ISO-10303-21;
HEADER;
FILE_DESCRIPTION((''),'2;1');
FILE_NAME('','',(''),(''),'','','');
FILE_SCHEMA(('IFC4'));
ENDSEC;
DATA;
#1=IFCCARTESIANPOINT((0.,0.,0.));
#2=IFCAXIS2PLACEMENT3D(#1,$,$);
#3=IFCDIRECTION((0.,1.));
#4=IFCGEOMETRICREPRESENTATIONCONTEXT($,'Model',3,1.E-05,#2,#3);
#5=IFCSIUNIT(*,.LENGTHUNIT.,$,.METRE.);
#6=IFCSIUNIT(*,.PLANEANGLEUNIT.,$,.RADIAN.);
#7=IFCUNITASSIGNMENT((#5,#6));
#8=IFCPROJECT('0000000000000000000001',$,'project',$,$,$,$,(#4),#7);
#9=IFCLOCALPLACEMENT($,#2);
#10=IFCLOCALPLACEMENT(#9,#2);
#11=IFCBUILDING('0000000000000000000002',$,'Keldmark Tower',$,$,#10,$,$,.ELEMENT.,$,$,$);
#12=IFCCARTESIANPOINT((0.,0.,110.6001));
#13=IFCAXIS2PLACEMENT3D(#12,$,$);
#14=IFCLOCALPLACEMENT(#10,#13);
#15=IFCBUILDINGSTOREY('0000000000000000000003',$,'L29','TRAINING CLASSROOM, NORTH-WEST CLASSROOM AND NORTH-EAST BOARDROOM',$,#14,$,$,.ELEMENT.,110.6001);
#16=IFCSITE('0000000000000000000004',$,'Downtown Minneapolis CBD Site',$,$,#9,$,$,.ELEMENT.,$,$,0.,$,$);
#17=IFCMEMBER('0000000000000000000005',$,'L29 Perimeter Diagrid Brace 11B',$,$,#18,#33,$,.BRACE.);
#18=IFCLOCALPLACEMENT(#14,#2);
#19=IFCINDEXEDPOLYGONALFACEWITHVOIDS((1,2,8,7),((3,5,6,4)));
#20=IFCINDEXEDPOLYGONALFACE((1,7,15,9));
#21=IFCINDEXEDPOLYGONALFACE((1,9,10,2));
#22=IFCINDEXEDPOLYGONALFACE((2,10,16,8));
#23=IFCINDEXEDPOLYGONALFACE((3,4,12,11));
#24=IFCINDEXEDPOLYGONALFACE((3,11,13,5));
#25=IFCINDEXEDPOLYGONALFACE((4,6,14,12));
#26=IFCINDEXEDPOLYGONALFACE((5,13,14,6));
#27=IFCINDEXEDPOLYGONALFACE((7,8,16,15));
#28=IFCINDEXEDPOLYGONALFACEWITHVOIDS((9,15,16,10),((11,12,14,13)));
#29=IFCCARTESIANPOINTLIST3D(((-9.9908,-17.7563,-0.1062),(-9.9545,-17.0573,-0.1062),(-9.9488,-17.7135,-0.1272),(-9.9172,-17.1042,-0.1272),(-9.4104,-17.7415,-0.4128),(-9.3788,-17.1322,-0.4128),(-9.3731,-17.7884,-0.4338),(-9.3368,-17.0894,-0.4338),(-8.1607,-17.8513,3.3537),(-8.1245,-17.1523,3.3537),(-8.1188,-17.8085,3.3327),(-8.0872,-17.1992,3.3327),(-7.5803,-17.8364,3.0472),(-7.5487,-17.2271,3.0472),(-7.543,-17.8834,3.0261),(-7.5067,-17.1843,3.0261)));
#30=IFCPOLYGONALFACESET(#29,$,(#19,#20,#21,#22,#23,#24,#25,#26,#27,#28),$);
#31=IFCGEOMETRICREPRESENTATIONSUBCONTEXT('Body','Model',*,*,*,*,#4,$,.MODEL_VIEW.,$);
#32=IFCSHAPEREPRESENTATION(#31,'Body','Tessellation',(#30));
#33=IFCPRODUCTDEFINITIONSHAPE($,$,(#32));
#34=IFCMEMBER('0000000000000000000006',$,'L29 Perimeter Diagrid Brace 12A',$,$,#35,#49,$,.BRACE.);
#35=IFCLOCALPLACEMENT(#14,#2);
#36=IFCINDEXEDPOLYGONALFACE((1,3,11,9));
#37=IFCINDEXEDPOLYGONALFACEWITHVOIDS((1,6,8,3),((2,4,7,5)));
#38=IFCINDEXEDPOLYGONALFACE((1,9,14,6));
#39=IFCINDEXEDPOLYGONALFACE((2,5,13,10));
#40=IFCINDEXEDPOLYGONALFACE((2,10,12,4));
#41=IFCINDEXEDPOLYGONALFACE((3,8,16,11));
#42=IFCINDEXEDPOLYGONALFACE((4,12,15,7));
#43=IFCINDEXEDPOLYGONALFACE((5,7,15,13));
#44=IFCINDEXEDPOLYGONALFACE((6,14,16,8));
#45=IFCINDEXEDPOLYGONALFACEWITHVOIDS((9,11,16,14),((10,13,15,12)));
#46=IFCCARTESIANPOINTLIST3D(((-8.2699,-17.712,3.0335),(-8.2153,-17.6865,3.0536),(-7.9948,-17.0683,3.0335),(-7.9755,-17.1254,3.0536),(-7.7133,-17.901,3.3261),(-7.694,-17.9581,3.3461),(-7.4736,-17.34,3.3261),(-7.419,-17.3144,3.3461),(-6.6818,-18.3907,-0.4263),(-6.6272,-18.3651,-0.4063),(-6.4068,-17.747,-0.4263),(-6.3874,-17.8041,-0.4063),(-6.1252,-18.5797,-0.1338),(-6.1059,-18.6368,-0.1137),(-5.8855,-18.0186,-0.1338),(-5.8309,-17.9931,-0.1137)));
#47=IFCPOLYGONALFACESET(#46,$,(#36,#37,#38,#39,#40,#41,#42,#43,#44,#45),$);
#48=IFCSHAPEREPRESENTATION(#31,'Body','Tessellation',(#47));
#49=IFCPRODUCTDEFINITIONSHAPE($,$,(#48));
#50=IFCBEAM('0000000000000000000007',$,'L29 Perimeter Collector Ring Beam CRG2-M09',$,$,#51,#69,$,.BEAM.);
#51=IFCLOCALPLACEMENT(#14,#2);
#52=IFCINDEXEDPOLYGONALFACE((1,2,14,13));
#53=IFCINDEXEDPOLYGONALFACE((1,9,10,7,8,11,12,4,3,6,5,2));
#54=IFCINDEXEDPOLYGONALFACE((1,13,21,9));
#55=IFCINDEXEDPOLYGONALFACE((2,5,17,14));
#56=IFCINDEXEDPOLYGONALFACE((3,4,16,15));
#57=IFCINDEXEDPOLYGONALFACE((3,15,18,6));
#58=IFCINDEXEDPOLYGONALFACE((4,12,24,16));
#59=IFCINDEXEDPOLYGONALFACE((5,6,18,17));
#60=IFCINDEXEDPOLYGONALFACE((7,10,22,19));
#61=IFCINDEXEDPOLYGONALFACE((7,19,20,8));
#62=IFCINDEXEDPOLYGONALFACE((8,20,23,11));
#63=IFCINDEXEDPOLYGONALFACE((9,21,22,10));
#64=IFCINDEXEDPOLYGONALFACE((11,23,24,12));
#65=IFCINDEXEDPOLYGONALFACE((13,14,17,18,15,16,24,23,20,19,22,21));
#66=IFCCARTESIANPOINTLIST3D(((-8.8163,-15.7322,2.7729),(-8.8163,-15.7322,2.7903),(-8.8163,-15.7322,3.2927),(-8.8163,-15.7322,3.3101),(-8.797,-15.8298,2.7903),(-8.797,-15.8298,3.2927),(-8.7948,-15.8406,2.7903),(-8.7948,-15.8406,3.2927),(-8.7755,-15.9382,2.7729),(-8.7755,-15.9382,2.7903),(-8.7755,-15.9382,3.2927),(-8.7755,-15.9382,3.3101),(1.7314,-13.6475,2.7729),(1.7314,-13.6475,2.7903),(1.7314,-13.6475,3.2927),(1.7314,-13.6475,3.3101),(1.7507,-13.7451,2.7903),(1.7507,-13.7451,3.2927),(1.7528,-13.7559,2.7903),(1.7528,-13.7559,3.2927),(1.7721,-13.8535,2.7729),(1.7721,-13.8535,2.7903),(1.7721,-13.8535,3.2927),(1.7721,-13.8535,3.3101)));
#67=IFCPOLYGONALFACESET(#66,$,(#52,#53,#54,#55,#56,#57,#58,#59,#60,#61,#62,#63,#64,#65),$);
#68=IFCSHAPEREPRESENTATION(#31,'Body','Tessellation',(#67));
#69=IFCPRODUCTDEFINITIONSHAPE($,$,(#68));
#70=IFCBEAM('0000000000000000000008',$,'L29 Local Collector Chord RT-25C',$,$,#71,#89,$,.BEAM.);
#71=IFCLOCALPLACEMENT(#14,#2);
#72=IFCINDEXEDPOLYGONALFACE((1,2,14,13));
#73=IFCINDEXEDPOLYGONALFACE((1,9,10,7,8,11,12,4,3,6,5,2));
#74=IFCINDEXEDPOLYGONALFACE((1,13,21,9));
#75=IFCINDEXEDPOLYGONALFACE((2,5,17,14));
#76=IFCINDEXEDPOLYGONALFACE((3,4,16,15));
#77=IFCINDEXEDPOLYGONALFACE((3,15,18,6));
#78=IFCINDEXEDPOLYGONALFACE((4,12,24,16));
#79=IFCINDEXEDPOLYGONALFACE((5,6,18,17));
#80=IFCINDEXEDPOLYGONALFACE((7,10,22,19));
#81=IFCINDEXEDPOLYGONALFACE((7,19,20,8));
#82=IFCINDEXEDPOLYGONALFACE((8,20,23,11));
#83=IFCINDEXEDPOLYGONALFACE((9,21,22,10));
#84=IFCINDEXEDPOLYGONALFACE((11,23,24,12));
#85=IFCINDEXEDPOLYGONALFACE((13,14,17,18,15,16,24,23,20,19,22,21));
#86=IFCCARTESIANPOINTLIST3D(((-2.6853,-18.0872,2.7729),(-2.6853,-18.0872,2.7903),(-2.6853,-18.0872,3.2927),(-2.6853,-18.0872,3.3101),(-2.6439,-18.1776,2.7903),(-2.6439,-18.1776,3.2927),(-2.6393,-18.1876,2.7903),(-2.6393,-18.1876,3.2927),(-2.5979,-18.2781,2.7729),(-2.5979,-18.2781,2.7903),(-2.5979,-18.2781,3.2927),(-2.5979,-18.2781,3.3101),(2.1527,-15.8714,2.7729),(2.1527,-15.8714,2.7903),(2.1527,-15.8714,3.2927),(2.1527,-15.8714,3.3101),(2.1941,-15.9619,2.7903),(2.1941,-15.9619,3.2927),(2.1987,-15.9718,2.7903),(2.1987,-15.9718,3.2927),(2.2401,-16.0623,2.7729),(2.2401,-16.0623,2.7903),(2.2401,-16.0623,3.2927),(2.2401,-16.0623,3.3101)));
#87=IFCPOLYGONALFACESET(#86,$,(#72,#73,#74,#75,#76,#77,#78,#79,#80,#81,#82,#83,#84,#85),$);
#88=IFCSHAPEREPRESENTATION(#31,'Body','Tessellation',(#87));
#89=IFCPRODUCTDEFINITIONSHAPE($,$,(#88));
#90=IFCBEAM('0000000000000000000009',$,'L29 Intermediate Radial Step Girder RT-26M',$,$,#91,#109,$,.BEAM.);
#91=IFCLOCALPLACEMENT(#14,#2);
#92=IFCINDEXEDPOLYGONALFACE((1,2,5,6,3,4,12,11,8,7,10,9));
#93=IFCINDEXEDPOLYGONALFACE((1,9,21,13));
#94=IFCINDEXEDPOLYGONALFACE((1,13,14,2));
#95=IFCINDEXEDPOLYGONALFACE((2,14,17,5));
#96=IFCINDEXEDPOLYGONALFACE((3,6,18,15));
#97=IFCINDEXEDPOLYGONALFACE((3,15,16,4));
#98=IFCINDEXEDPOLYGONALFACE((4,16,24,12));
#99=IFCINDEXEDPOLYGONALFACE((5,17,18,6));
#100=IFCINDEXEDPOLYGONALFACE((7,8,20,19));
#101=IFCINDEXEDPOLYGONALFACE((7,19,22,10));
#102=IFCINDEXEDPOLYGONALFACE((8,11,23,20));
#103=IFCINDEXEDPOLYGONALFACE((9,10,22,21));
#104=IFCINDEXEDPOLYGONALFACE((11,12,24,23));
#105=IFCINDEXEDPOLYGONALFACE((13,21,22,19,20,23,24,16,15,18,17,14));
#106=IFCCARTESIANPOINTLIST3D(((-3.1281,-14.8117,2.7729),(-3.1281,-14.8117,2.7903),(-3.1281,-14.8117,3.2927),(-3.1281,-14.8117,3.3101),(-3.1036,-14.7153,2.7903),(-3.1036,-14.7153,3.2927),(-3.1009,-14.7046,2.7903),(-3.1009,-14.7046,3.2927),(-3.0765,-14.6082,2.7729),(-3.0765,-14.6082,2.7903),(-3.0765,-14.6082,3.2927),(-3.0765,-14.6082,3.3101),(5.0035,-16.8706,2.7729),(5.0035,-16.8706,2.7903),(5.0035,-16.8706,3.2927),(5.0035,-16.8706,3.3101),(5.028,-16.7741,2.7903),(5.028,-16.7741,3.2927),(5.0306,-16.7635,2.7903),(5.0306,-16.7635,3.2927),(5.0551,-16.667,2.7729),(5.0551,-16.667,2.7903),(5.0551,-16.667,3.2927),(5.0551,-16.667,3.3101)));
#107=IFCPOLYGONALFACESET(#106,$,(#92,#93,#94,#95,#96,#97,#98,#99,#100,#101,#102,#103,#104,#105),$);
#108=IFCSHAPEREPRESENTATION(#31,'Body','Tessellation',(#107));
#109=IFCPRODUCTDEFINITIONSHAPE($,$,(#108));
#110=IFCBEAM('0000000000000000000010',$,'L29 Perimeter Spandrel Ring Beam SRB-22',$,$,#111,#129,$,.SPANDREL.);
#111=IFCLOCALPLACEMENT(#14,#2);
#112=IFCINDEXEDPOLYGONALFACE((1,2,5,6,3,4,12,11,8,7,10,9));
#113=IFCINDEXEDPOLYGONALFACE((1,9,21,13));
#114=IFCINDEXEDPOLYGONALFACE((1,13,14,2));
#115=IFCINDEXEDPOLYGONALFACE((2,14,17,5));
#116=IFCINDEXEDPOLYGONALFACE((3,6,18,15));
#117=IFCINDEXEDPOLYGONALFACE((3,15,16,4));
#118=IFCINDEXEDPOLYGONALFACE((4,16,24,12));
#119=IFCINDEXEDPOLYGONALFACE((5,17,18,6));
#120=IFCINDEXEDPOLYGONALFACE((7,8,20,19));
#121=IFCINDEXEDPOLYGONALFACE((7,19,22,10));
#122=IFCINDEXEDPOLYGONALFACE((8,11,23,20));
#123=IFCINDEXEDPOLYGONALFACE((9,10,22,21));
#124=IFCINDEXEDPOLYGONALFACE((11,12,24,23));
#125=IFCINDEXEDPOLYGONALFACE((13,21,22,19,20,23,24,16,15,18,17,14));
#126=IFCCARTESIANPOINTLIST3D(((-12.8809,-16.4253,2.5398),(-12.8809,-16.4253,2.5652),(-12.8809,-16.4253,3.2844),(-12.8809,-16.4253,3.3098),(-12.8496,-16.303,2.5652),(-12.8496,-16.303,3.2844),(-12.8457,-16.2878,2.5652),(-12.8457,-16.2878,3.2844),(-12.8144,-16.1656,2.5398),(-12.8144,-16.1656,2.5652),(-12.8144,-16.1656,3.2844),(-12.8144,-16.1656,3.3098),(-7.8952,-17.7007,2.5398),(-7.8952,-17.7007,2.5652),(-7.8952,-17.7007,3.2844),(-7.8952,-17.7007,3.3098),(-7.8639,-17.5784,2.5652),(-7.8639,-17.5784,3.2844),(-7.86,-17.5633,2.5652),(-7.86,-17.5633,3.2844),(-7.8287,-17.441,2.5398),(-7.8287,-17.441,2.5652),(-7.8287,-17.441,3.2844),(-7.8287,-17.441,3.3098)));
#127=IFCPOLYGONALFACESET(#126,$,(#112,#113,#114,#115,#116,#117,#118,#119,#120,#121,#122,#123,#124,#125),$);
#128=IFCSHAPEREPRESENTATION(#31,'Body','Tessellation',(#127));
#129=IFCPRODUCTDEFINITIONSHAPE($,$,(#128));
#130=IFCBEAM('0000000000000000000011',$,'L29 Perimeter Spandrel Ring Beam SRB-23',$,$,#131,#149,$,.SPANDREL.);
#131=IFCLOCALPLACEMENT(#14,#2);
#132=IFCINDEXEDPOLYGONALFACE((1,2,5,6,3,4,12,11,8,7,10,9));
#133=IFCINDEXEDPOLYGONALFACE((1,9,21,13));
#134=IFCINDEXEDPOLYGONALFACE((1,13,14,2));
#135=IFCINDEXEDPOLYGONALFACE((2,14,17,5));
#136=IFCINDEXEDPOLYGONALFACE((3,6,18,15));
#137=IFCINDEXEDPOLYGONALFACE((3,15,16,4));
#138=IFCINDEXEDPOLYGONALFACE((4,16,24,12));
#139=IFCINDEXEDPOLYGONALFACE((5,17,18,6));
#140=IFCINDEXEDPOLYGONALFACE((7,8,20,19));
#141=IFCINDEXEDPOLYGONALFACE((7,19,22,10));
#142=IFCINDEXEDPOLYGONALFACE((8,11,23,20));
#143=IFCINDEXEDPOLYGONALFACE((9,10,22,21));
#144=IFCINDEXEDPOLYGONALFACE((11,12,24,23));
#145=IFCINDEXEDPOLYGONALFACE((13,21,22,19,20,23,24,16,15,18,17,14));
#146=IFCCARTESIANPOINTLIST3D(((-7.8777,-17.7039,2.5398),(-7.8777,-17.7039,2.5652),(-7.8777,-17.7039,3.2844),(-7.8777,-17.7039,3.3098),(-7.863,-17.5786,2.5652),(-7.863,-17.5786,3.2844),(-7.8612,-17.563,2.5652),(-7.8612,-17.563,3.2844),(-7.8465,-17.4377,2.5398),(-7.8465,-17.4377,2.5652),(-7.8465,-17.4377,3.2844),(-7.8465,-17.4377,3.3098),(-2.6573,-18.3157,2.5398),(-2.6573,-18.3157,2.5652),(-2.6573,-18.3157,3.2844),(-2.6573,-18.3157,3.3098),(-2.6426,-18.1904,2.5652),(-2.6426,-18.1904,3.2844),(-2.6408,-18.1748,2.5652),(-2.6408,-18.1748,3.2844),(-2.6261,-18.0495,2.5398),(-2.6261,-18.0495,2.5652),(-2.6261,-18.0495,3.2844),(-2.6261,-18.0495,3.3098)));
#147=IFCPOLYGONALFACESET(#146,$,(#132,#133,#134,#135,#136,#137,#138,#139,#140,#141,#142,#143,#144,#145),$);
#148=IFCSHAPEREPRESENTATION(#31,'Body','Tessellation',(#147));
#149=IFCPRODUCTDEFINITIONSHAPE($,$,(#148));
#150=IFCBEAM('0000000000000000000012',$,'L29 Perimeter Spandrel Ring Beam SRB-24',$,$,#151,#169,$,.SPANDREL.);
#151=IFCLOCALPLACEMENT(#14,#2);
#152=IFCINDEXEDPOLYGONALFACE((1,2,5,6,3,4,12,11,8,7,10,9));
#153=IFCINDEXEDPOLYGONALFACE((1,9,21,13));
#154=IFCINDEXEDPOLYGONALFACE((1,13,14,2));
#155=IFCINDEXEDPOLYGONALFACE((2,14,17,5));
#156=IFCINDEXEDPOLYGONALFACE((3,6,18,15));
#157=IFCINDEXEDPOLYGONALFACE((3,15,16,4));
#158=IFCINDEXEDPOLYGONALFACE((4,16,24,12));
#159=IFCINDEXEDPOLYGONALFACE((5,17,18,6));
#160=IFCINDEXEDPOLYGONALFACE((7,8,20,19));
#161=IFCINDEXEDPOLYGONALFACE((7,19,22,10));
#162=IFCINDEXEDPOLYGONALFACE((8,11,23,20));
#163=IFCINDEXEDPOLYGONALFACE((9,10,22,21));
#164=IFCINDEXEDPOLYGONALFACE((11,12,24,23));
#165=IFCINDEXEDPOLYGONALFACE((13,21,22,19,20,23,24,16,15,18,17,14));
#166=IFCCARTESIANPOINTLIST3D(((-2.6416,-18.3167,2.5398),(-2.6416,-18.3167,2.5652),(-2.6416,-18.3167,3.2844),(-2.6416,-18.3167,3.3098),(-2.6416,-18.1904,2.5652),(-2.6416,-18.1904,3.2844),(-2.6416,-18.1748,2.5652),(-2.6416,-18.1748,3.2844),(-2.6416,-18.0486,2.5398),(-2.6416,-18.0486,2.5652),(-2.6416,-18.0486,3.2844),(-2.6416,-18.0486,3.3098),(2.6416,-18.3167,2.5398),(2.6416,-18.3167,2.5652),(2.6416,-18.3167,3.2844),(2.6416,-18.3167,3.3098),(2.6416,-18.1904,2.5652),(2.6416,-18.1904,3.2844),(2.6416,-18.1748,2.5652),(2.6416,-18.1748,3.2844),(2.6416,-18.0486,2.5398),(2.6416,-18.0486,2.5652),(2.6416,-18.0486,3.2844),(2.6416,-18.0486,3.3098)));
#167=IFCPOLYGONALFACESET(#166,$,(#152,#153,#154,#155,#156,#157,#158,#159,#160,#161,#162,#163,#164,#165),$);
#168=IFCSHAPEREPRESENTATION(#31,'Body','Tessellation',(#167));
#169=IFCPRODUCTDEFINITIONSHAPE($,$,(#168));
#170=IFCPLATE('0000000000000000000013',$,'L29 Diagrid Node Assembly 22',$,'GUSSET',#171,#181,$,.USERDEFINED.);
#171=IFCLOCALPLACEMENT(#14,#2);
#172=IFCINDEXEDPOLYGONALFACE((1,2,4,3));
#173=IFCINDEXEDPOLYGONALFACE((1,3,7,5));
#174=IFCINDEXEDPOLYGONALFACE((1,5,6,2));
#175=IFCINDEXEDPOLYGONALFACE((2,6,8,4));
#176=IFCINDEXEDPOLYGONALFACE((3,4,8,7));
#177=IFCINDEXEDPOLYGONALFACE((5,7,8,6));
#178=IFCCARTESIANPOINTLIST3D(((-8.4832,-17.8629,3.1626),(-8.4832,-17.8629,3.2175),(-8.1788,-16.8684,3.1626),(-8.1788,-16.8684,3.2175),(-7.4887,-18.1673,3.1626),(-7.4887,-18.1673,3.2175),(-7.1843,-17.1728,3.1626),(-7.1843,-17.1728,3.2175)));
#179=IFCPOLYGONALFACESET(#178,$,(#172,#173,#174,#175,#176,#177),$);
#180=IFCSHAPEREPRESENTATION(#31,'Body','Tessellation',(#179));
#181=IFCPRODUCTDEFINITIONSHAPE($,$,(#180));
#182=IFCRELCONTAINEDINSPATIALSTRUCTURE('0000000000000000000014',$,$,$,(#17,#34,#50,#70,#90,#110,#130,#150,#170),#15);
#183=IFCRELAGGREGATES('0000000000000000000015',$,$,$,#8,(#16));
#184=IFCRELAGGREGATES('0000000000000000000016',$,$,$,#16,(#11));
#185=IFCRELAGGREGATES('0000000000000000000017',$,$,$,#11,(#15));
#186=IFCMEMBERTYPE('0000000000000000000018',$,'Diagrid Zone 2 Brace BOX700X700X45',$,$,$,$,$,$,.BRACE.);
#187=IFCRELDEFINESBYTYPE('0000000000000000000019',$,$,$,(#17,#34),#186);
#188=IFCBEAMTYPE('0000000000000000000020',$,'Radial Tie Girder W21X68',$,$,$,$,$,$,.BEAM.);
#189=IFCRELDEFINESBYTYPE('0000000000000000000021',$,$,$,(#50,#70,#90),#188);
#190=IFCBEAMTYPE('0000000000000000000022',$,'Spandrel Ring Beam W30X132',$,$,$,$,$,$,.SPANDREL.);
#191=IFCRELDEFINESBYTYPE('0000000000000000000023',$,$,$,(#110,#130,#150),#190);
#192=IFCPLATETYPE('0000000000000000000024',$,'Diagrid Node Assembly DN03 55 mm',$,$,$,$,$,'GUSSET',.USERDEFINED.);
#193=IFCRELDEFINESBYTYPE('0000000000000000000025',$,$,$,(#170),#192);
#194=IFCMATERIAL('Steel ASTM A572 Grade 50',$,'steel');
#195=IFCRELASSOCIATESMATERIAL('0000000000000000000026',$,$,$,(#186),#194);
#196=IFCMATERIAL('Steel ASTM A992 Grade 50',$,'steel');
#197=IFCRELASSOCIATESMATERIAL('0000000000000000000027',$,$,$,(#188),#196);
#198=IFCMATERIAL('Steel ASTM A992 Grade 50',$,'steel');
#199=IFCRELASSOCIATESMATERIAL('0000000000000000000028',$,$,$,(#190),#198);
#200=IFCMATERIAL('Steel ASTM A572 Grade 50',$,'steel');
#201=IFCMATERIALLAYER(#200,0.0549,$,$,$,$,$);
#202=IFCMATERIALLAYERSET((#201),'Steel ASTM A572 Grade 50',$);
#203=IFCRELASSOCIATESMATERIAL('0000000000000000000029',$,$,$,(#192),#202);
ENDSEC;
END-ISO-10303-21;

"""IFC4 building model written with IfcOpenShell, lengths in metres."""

from ifc_helpers import new_model, si_unit, direction, frame, origin, origin_2d, place, context, subcontext, project, spatial, rectangle, hollow_rectangle, i_section, extrude, material, layer, layer_set, material_profile, profile_set, type_object, element, save


model = new_model("IFC4")

# Units and contexts
model_context = context("Model", 3, precision=1e-05, world=origin(), true_north=direction((0.0, 1.0)))
body_context = subcontext(model_context, "Body", "Model", "MODEL_VIEW")
ifc_project = project(units=[si_unit("LENGTHUNIT", "METRE"), si_unit("PLANEANGLEUNIT", "RADIAN")], contexts=[model_context])

# Site, building, storey
site_placement = place(None, origin())
site = spatial("IfcSite", under=ifc_project, at=site_placement, Name="Downtown Minneapolis CBD Site", CompositionType="ELEMENT", RefElevation=0.0)
building_placement = place(site_placement, origin())
building = spatial("IfcBuilding", under=site, at=building_placement, Name="Keldmark Tower", CompositionType="ELEMENT")
storey_placement = place(building_placement, frame((0.0, 0.0, 110.6001)))
storey = spatial("IfcBuildingStorey", under=building, at=storey_placement, Name="L29", Description="TRAINING CLASSROOM, NORTH-WEST CLASSROOM AND NORTH-EAST BOARDROOM", CompositionType="ELEMENT", Elevation=110.6001)

# Members
ifc_material_1 = material(Name="Steel ASTM A572 Grade 50", Category="steel")
ifc_material_profile_1 = material_profile(ifc_material_1, hollow_rectangle(XDim=0.7, YDim=0.7, WallThickness=0.0449, at=origin_2d()), Name="BOX700X700X45")
ifc_profile_set_1 = profile_set([ifc_material_profile_1], Name="Steel ASTM A572 Grade 50")
member_type = type_object("IfcMemberType", Name="Diagrid Zone 2 Brace BOX700X700X45", PredefinedType="BRACE", material=ifc_profile_set_1)
member_1_placement = place(storey_placement, frame((-9.6638, -17.4229, -0.27), z_axis=(0.467418, -0.024256, 0.883704), x_axis=(0.051825, 0.998656, 0.0)))
element("IfcMember", 1, at=member_1_placement, inside=storey, type_object=member_type, Name="L29 Perimeter Diagrid Brace 11B", PredefinedType="BRACE", context=body_context, shape_type="SweptSolid", body=[
    extrude(hollow_rectangle(XDim=0.7, YDim=0.7, WallThickness=0.0449, at=origin_2d()), origin(), (0.0, 0.0, 1.0), 3.9153),
])
member_2_placement = place(storey_placement, frame((-6.2563, -18.1919, -0.27), z_axis=(-0.410683, 0.175511, 0.894727), x_axis=(-0.392981, -0.919547, 0.0)))
element("IfcMember", 2, at=member_2_placement, inside=storey, type_object=member_type, Name="L29 Perimeter Diagrid Brace 12A", PredefinedType="BRACE", context=body_context, shape_type="SweptSolid", body=[
    extrude(hollow_rectangle(XDim=0.7, YDim=0.7, WallThickness=0.0449, at=origin_2d()), origin(), (0.0, 0.0, 1.0), 3.8669),
])

# Beams
ifc_material_2 = material(Name="Steel ASTM A992 Grade 50", Category="steel")
ifc_material_profile_2 = material_profile(ifc_material_2, i_section(OverallWidth=0.21, OverallDepth=0.5371, WebThickness=0.011, FlangeThickness=0.0173, at=origin_2d()), Name="W21X68")
ifc_profile_set_2 = profile_set([ifc_material_profile_2], Name="Steel ASTM A992 Grade 50")
beam_type_1 = type_object("IfcBeamType", Name="Radial Tie Girder W21X68", PredefinedType="BEAM", material=ifc_profile_set_2)
beam_1_placement = place(storey_placement, frame((-8.7959, -15.8352, 3.0415), z_axis=(0.981022, 0.193897, 0.0), x_axis=(-0.193897, 0.981022, 0.0)))
element("IfcBeam", 3, at=beam_1_placement, inside=storey, type_object=beam_type_1, Name="L29 Perimeter Collector Ring Beam CRG2-M09", PredefinedType="BEAM", context=body_context, shape_type="SweptSolid", body=[
    extrude(i_section(OverallWidth=0.21, OverallDepth=0.5371, WebThickness=0.011, FlangeThickness=0.0173, at=origin_2d()), origin(), (0.0, 0.0, 1.0), 10.7517),
])
beam_2_placement = place(storey_placement, frame((-2.6416, -18.1826, 3.0415), z_axis=(0.909183, 0.416397, 0.0), x_axis=(-0.416397, 0.909183, 0.0)))
element("IfcBeam", 4, at=beam_2_placement, inside=storey, type_object=beam_type_1, Name="L29 Local Collector Chord RT-25C", PredefinedType="BEAM", context=body_context, shape_type="SweptSolid", body=[
    extrude(i_section(OverallWidth=0.21, OverallDepth=0.5371, WebThickness=0.011, FlangeThickness=0.0173, at=origin_2d()), origin(), (0.0, 0.0, 1.0), 5.3213),
])
beam_3_placement = place(storey_placement, frame((-3.1023, -14.71, 3.0415), z_axis=(0.969411, -0.245445, 0.0), x_axis=(0.245445, 0.969411, 0.0)))
element("IfcBeam", 5, at=beam_3_placement, inside=storey, type_object=beam_type_1, Name="L29 Intermediate Radial Step Girder RT-26M", PredefinedType="BEAM", context=body_context, shape_type="SweptSolid", body=[
    extrude(i_section(OverallWidth=0.21, OverallDepth=0.5371, WebThickness=0.011, FlangeThickness=0.0173, at=origin_2d()), origin(), (0.0, 0.0, 1.0), 8.3882),
])
ifc_material_3 = material(Name="Steel ASTM A992 Grade 50", Category="steel")
ifc_material_profile_3 = material_profile(ifc_material_3, i_section(OverallWidth=0.2681, OverallDepth=0.77, WebThickness=0.0156, FlangeThickness=0.0254, at=origin_2d()), Name="W30X132")
ifc_profile_set_3 = profile_set([ifc_material_profile_3], Name="Steel ASTM A992 Grade 50")
beam_type_2 = type_object("IfcBeamType", Name="Spandrel Ring Beam W30X132", PredefinedType="SPANDREL", material=ifc_profile_set_3)
beam_4_placement = place(storey_placement, frame((-12.8477, -16.2954, 2.9248), z_axis=(0.968802, -0.247834, 0.0), x_axis=(0.247834, 0.968802, 0.0)))
element("IfcBeam", 6, at=beam_4_placement, inside=storey, type_object=beam_type_2, Name="L29 Perimeter Spandrel Ring Beam SRB-22", PredefinedType="SPANDREL", context=body_context, shape_type="SweptSolid", body=[
    extrude(i_section(OverallWidth=0.2681, OverallDepth=0.77, WebThickness=0.0156, FlangeThickness=0.0254, at=origin_2d()), origin(), (0.0, 0.0, 1.0), 5.1462),
])
beam_5_placement = place(storey_placement, frame((-7.8621, -17.5708, 2.9248), z_axis=(0.993203, -0.116399, 0.0), x_axis=(0.116399, 0.993203, 0.0)))
element("IfcBeam", 7, at=beam_5_placement, inside=storey, type_object=beam_type_2, Name="L29 Perimeter Spandrel Ring Beam SRB-23", PredefinedType="SPANDREL", context=body_context, shape_type="SweptSolid", body=[
    extrude(i_section(OverallWidth=0.2681, OverallDepth=0.77, WebThickness=0.0156, FlangeThickness=0.0254, at=origin_2d()), origin(), (0.0, 0.0, 1.0), 5.2561),
])
beam_6_placement = place(storey_placement, frame((-2.6416, -18.1826, 2.9248), z_axis=(1.0, 0.0, 0.0), x_axis=(0.0, 1.0, 0.0)))
element("IfcBeam", 8, at=beam_6_placement, inside=storey, type_object=beam_type_2, Name="L29 Perimeter Spandrel Ring Beam SRB-24", PredefinedType="SPANDREL", context=body_context, shape_type="SweptSolid", body=[
    extrude(i_section(OverallWidth=0.2681, OverallDepth=0.77, WebThickness=0.0156, FlangeThickness=0.0254, at=origin_2d()), origin(), (0.0, 0.0, 1.0), 5.2832),
])

# Plate
ifc_material_4 = material(Name="Steel ASTM A572 Grade 50", Category="steel")
ifc_layer_1 = layer(ifc_material_4, 0.0549)
ifc_layer_set_1 = layer_set([ifc_layer_1], Name="Steel ASTM A572 Grade 50")
plate_type = type_object("IfcPlateType", Name="Diagrid Node Assembly DN03 55 mm", ElementType="GUSSET", PredefinedType="USERDEFINED", material=ifc_layer_set_1)
plate_placement = place(storey_placement, frame((-7.8337, -17.5178, 3.1626), z_axis=(0.0, 0.0, 1.0), x_axis=(0.956203, -0.292706, 0.0)))
element("IfcPlate", 9, at=plate_placement, inside=storey, type_object=plate_type, Name="L29 Diagrid Node Assembly 22", ObjectType="GUSSET", PredefinedType="USERDEFINED", context=body_context, shape_type="SweptSolid", body=[
    extrude(rectangle(XDim=1.04, YDim=1.04, at=origin_2d()), origin(), (0.0, 0.0, 1.0), 0.0549),
])

save(model, "model.ifc")
